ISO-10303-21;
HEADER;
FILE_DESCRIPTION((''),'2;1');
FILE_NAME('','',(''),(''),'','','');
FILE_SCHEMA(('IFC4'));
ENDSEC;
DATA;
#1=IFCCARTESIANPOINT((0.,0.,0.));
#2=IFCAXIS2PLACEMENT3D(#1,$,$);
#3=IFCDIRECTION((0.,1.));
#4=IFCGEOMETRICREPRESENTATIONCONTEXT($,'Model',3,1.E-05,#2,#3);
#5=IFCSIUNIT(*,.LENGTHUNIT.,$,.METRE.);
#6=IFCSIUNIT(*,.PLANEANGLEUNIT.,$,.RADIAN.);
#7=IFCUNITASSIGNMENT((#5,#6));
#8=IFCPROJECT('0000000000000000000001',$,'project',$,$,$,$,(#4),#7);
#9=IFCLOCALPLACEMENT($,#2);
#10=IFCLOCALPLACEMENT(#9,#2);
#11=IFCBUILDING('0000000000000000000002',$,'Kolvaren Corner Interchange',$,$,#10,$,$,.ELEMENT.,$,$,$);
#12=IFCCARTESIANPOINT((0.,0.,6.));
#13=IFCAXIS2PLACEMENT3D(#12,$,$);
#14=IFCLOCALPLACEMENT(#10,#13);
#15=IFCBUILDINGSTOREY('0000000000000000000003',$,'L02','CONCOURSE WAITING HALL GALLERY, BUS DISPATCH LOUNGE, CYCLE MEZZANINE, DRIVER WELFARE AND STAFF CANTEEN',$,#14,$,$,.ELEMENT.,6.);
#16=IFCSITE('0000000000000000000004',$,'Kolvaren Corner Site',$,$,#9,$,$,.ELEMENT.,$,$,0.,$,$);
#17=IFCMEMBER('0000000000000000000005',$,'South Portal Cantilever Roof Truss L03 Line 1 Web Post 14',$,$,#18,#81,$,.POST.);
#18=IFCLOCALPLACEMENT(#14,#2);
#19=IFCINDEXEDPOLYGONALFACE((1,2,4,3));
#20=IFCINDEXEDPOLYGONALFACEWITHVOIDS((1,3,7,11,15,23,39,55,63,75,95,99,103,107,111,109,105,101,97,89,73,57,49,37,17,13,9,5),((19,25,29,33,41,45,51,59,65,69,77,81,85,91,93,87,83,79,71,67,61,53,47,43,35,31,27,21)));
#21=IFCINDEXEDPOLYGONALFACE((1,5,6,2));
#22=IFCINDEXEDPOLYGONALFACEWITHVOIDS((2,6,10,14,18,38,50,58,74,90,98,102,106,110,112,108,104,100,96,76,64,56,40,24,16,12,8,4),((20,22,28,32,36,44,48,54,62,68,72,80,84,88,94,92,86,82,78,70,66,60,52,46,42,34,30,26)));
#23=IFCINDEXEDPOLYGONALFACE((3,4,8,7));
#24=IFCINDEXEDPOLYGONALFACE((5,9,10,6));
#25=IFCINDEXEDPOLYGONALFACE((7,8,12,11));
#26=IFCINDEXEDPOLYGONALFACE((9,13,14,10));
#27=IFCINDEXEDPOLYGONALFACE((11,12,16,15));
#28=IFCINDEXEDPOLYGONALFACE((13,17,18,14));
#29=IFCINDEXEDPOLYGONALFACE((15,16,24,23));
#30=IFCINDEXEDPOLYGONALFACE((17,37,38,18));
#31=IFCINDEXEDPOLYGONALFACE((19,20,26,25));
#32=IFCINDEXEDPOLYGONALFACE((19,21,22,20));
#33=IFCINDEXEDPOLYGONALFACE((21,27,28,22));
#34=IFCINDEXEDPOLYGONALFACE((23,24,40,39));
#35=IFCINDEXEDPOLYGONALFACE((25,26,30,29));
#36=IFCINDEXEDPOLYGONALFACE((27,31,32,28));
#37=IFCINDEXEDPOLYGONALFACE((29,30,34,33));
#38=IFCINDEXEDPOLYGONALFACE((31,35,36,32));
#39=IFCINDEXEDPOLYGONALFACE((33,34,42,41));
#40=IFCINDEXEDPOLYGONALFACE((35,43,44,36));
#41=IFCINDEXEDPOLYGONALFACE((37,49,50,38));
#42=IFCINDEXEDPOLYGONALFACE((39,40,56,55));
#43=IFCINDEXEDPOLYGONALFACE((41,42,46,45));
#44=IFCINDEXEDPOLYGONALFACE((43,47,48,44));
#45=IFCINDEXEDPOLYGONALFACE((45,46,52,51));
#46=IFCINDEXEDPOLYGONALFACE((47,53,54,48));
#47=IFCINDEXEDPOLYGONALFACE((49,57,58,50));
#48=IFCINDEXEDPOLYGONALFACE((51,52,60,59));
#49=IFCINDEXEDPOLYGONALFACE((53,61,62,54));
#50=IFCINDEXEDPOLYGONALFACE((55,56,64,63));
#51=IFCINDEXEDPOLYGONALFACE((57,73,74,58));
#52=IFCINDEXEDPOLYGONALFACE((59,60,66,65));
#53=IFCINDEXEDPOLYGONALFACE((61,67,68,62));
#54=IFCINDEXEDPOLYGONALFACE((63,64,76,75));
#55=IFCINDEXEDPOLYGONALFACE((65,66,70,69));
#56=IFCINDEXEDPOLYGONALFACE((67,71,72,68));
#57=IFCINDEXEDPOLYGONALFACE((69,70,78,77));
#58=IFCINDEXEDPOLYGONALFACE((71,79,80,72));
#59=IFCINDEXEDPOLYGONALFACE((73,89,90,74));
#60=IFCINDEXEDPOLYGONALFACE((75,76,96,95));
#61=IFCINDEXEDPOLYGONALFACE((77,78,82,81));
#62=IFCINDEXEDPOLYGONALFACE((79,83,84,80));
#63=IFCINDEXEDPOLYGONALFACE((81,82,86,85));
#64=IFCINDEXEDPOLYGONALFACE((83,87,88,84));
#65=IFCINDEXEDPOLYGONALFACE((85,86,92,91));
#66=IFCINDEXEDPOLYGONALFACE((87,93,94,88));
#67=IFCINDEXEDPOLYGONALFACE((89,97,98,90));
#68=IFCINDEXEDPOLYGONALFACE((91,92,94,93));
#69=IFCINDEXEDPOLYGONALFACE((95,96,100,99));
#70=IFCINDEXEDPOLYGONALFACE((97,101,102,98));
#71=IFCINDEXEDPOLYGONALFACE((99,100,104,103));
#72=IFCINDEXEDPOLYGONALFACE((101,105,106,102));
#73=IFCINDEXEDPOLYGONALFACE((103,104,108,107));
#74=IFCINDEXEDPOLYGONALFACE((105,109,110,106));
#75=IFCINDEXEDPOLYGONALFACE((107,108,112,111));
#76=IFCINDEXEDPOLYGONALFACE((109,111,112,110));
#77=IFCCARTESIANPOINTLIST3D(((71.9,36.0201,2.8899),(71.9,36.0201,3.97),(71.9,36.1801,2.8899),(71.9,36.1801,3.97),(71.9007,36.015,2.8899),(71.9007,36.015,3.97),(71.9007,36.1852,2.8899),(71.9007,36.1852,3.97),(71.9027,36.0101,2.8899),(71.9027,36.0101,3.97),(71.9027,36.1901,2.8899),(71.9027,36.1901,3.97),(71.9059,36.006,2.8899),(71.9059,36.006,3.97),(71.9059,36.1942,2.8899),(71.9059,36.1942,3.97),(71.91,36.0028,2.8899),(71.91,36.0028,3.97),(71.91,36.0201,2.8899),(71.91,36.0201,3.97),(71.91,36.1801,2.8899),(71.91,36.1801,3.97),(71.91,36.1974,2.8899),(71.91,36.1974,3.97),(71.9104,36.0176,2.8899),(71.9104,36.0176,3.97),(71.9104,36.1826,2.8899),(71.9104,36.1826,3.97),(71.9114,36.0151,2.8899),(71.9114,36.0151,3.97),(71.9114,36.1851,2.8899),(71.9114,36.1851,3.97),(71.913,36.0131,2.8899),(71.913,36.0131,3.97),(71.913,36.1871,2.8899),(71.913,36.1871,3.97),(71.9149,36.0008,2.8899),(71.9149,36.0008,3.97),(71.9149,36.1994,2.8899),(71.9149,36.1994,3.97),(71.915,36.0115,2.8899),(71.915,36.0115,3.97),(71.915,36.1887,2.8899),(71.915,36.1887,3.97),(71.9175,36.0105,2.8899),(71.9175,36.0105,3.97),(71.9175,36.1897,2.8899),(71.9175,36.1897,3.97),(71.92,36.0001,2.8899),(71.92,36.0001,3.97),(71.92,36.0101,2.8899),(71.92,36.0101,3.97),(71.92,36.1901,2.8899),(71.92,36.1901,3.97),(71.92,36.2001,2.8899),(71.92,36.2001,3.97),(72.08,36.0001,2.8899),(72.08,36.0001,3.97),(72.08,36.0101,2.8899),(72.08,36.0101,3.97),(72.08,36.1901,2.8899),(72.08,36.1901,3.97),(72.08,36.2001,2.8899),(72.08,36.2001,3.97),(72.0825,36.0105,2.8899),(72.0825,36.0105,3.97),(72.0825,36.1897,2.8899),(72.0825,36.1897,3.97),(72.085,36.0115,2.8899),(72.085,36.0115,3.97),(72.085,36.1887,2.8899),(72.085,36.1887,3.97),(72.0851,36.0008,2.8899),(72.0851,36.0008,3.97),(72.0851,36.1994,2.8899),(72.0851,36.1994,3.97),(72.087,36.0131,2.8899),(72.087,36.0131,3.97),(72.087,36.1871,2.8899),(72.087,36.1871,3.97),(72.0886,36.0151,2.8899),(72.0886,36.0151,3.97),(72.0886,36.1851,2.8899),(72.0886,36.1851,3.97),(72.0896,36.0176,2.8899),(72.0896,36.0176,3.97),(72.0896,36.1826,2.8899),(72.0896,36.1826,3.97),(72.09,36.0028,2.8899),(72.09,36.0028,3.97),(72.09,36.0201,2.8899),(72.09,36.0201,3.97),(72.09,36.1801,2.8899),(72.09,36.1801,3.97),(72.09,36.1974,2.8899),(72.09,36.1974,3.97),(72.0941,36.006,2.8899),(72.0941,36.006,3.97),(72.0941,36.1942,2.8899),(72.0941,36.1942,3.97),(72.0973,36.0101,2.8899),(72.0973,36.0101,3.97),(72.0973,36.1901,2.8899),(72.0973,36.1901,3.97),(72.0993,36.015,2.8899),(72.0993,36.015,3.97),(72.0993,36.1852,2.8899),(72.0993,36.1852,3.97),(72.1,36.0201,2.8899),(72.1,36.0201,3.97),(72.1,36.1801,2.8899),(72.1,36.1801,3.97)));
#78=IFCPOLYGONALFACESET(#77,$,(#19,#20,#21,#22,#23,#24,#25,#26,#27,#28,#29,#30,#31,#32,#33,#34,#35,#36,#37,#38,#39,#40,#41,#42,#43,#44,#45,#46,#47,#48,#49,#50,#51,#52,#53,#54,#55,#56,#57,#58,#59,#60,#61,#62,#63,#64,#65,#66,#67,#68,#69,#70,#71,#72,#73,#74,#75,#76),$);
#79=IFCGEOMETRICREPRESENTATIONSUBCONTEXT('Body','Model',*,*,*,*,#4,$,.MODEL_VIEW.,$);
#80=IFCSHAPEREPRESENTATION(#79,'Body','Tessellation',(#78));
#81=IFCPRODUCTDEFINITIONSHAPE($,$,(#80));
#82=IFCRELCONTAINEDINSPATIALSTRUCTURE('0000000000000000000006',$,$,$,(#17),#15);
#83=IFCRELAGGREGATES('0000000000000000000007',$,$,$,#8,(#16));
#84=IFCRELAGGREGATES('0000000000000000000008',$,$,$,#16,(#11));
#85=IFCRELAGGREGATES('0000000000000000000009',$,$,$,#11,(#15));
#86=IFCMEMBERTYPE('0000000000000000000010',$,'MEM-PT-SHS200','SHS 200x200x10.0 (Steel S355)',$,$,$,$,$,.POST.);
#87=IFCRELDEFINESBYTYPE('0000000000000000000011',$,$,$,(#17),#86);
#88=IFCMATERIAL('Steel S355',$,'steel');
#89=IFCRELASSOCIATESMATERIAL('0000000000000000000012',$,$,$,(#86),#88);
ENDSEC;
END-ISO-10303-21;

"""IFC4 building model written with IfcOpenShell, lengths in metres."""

from ifc_helpers import new_model, si_unit, direction, frame, origin, origin_2d, place, context, subcontext, project, spatial, hollow_rectangle, extrude, material, material_profile, profile_set, type_object, element, save


model = new_model("IFC4")

# Units and contexts
model_context = context("Model", 3, precision=1e-05, world=origin(), true_north=direction((0.0, 1.0)))
body_context = subcontext(model_context, "Body", "Model", "MODEL_VIEW")
ifc_project = project(units=[si_unit("LENGTHUNIT", "METRE"), si_unit("PLANEANGLEUNIT", "RADIAN")], contexts=[model_context])

# Site, building, storey
site_placement = place(None, origin())
site = spatial("IfcSite", under=ifc_project, at=site_placement, Name="Kolvaren Corner Site", CompositionType="ELEMENT", RefElevation=0.0)
building_placement = place(site_placement, origin())
building = spatial("IfcBuilding", under=site, at=building_placement, Name="Kolvaren Corner Interchange", CompositionType="ELEMENT")
storey_placement = place(building_placement, frame((0.0, 0.0, 6.0)))
storey = spatial("IfcBuildingStorey", under=building, at=storey_placement, Name="L02", Description="CONCOURSE WAITING HALL GALLERY, BUS DISPATCH LOUNGE, CYCLE MEZZANINE, DRIVER WELFARE AND STAFF CANTEEN", CompositionType="ELEMENT", Elevation=6.0)

# Member
ifc_material_1 = material(Name="Steel S355", Category="steel")
ifc_material_profile_1 = material_profile(ifc_material_1, hollow_rectangle(XDim=0.2, YDim=0.2, WallThickness=0.01, InnerFilletRadius=0.01, OuterFilletRadius=0.02, at=origin_2d()), Name="SHS 200x200x10.0")
ifc_profile_set_1 = profile_set([ifc_material_profile_1], Name="Steel S355")
member_type_1 = type_object("IfcMemberType", Name="MEM-PT-SHS200", Description="SHS 200x200x10.0 (Steel S355)", PredefinedType="POST", material=ifc_profile_set_1)
for number, where, z_axis, x_axis, name in (
    (1, (72.0, 36.1001, 2.8899), (0.0, 0.0, 1.0), (1.0, 0.0, 0.0), "South Portal Cantilever Roof Truss L03 Line 1 Web Post 14"),
):
    element("IfcMember", number, at=place(storey_placement, frame(where, z_axis=z_axis, x_axis=x_axis)), inside=storey, type_object=member_type_1, Name=name, PredefinedType="POST", context=body_context, shape_type="SweptSolid", body=[
        extrude(hollow_rectangle(XDim=0.2, YDim=0.2, WallThickness=0.01, InnerFilletRadius=0.01, OuterFilletRadius=0.02, at=origin_2d()), origin(), (0.0, 0.0, 1.0), 1.0801),
    ])

save(model, "model.ifc")
